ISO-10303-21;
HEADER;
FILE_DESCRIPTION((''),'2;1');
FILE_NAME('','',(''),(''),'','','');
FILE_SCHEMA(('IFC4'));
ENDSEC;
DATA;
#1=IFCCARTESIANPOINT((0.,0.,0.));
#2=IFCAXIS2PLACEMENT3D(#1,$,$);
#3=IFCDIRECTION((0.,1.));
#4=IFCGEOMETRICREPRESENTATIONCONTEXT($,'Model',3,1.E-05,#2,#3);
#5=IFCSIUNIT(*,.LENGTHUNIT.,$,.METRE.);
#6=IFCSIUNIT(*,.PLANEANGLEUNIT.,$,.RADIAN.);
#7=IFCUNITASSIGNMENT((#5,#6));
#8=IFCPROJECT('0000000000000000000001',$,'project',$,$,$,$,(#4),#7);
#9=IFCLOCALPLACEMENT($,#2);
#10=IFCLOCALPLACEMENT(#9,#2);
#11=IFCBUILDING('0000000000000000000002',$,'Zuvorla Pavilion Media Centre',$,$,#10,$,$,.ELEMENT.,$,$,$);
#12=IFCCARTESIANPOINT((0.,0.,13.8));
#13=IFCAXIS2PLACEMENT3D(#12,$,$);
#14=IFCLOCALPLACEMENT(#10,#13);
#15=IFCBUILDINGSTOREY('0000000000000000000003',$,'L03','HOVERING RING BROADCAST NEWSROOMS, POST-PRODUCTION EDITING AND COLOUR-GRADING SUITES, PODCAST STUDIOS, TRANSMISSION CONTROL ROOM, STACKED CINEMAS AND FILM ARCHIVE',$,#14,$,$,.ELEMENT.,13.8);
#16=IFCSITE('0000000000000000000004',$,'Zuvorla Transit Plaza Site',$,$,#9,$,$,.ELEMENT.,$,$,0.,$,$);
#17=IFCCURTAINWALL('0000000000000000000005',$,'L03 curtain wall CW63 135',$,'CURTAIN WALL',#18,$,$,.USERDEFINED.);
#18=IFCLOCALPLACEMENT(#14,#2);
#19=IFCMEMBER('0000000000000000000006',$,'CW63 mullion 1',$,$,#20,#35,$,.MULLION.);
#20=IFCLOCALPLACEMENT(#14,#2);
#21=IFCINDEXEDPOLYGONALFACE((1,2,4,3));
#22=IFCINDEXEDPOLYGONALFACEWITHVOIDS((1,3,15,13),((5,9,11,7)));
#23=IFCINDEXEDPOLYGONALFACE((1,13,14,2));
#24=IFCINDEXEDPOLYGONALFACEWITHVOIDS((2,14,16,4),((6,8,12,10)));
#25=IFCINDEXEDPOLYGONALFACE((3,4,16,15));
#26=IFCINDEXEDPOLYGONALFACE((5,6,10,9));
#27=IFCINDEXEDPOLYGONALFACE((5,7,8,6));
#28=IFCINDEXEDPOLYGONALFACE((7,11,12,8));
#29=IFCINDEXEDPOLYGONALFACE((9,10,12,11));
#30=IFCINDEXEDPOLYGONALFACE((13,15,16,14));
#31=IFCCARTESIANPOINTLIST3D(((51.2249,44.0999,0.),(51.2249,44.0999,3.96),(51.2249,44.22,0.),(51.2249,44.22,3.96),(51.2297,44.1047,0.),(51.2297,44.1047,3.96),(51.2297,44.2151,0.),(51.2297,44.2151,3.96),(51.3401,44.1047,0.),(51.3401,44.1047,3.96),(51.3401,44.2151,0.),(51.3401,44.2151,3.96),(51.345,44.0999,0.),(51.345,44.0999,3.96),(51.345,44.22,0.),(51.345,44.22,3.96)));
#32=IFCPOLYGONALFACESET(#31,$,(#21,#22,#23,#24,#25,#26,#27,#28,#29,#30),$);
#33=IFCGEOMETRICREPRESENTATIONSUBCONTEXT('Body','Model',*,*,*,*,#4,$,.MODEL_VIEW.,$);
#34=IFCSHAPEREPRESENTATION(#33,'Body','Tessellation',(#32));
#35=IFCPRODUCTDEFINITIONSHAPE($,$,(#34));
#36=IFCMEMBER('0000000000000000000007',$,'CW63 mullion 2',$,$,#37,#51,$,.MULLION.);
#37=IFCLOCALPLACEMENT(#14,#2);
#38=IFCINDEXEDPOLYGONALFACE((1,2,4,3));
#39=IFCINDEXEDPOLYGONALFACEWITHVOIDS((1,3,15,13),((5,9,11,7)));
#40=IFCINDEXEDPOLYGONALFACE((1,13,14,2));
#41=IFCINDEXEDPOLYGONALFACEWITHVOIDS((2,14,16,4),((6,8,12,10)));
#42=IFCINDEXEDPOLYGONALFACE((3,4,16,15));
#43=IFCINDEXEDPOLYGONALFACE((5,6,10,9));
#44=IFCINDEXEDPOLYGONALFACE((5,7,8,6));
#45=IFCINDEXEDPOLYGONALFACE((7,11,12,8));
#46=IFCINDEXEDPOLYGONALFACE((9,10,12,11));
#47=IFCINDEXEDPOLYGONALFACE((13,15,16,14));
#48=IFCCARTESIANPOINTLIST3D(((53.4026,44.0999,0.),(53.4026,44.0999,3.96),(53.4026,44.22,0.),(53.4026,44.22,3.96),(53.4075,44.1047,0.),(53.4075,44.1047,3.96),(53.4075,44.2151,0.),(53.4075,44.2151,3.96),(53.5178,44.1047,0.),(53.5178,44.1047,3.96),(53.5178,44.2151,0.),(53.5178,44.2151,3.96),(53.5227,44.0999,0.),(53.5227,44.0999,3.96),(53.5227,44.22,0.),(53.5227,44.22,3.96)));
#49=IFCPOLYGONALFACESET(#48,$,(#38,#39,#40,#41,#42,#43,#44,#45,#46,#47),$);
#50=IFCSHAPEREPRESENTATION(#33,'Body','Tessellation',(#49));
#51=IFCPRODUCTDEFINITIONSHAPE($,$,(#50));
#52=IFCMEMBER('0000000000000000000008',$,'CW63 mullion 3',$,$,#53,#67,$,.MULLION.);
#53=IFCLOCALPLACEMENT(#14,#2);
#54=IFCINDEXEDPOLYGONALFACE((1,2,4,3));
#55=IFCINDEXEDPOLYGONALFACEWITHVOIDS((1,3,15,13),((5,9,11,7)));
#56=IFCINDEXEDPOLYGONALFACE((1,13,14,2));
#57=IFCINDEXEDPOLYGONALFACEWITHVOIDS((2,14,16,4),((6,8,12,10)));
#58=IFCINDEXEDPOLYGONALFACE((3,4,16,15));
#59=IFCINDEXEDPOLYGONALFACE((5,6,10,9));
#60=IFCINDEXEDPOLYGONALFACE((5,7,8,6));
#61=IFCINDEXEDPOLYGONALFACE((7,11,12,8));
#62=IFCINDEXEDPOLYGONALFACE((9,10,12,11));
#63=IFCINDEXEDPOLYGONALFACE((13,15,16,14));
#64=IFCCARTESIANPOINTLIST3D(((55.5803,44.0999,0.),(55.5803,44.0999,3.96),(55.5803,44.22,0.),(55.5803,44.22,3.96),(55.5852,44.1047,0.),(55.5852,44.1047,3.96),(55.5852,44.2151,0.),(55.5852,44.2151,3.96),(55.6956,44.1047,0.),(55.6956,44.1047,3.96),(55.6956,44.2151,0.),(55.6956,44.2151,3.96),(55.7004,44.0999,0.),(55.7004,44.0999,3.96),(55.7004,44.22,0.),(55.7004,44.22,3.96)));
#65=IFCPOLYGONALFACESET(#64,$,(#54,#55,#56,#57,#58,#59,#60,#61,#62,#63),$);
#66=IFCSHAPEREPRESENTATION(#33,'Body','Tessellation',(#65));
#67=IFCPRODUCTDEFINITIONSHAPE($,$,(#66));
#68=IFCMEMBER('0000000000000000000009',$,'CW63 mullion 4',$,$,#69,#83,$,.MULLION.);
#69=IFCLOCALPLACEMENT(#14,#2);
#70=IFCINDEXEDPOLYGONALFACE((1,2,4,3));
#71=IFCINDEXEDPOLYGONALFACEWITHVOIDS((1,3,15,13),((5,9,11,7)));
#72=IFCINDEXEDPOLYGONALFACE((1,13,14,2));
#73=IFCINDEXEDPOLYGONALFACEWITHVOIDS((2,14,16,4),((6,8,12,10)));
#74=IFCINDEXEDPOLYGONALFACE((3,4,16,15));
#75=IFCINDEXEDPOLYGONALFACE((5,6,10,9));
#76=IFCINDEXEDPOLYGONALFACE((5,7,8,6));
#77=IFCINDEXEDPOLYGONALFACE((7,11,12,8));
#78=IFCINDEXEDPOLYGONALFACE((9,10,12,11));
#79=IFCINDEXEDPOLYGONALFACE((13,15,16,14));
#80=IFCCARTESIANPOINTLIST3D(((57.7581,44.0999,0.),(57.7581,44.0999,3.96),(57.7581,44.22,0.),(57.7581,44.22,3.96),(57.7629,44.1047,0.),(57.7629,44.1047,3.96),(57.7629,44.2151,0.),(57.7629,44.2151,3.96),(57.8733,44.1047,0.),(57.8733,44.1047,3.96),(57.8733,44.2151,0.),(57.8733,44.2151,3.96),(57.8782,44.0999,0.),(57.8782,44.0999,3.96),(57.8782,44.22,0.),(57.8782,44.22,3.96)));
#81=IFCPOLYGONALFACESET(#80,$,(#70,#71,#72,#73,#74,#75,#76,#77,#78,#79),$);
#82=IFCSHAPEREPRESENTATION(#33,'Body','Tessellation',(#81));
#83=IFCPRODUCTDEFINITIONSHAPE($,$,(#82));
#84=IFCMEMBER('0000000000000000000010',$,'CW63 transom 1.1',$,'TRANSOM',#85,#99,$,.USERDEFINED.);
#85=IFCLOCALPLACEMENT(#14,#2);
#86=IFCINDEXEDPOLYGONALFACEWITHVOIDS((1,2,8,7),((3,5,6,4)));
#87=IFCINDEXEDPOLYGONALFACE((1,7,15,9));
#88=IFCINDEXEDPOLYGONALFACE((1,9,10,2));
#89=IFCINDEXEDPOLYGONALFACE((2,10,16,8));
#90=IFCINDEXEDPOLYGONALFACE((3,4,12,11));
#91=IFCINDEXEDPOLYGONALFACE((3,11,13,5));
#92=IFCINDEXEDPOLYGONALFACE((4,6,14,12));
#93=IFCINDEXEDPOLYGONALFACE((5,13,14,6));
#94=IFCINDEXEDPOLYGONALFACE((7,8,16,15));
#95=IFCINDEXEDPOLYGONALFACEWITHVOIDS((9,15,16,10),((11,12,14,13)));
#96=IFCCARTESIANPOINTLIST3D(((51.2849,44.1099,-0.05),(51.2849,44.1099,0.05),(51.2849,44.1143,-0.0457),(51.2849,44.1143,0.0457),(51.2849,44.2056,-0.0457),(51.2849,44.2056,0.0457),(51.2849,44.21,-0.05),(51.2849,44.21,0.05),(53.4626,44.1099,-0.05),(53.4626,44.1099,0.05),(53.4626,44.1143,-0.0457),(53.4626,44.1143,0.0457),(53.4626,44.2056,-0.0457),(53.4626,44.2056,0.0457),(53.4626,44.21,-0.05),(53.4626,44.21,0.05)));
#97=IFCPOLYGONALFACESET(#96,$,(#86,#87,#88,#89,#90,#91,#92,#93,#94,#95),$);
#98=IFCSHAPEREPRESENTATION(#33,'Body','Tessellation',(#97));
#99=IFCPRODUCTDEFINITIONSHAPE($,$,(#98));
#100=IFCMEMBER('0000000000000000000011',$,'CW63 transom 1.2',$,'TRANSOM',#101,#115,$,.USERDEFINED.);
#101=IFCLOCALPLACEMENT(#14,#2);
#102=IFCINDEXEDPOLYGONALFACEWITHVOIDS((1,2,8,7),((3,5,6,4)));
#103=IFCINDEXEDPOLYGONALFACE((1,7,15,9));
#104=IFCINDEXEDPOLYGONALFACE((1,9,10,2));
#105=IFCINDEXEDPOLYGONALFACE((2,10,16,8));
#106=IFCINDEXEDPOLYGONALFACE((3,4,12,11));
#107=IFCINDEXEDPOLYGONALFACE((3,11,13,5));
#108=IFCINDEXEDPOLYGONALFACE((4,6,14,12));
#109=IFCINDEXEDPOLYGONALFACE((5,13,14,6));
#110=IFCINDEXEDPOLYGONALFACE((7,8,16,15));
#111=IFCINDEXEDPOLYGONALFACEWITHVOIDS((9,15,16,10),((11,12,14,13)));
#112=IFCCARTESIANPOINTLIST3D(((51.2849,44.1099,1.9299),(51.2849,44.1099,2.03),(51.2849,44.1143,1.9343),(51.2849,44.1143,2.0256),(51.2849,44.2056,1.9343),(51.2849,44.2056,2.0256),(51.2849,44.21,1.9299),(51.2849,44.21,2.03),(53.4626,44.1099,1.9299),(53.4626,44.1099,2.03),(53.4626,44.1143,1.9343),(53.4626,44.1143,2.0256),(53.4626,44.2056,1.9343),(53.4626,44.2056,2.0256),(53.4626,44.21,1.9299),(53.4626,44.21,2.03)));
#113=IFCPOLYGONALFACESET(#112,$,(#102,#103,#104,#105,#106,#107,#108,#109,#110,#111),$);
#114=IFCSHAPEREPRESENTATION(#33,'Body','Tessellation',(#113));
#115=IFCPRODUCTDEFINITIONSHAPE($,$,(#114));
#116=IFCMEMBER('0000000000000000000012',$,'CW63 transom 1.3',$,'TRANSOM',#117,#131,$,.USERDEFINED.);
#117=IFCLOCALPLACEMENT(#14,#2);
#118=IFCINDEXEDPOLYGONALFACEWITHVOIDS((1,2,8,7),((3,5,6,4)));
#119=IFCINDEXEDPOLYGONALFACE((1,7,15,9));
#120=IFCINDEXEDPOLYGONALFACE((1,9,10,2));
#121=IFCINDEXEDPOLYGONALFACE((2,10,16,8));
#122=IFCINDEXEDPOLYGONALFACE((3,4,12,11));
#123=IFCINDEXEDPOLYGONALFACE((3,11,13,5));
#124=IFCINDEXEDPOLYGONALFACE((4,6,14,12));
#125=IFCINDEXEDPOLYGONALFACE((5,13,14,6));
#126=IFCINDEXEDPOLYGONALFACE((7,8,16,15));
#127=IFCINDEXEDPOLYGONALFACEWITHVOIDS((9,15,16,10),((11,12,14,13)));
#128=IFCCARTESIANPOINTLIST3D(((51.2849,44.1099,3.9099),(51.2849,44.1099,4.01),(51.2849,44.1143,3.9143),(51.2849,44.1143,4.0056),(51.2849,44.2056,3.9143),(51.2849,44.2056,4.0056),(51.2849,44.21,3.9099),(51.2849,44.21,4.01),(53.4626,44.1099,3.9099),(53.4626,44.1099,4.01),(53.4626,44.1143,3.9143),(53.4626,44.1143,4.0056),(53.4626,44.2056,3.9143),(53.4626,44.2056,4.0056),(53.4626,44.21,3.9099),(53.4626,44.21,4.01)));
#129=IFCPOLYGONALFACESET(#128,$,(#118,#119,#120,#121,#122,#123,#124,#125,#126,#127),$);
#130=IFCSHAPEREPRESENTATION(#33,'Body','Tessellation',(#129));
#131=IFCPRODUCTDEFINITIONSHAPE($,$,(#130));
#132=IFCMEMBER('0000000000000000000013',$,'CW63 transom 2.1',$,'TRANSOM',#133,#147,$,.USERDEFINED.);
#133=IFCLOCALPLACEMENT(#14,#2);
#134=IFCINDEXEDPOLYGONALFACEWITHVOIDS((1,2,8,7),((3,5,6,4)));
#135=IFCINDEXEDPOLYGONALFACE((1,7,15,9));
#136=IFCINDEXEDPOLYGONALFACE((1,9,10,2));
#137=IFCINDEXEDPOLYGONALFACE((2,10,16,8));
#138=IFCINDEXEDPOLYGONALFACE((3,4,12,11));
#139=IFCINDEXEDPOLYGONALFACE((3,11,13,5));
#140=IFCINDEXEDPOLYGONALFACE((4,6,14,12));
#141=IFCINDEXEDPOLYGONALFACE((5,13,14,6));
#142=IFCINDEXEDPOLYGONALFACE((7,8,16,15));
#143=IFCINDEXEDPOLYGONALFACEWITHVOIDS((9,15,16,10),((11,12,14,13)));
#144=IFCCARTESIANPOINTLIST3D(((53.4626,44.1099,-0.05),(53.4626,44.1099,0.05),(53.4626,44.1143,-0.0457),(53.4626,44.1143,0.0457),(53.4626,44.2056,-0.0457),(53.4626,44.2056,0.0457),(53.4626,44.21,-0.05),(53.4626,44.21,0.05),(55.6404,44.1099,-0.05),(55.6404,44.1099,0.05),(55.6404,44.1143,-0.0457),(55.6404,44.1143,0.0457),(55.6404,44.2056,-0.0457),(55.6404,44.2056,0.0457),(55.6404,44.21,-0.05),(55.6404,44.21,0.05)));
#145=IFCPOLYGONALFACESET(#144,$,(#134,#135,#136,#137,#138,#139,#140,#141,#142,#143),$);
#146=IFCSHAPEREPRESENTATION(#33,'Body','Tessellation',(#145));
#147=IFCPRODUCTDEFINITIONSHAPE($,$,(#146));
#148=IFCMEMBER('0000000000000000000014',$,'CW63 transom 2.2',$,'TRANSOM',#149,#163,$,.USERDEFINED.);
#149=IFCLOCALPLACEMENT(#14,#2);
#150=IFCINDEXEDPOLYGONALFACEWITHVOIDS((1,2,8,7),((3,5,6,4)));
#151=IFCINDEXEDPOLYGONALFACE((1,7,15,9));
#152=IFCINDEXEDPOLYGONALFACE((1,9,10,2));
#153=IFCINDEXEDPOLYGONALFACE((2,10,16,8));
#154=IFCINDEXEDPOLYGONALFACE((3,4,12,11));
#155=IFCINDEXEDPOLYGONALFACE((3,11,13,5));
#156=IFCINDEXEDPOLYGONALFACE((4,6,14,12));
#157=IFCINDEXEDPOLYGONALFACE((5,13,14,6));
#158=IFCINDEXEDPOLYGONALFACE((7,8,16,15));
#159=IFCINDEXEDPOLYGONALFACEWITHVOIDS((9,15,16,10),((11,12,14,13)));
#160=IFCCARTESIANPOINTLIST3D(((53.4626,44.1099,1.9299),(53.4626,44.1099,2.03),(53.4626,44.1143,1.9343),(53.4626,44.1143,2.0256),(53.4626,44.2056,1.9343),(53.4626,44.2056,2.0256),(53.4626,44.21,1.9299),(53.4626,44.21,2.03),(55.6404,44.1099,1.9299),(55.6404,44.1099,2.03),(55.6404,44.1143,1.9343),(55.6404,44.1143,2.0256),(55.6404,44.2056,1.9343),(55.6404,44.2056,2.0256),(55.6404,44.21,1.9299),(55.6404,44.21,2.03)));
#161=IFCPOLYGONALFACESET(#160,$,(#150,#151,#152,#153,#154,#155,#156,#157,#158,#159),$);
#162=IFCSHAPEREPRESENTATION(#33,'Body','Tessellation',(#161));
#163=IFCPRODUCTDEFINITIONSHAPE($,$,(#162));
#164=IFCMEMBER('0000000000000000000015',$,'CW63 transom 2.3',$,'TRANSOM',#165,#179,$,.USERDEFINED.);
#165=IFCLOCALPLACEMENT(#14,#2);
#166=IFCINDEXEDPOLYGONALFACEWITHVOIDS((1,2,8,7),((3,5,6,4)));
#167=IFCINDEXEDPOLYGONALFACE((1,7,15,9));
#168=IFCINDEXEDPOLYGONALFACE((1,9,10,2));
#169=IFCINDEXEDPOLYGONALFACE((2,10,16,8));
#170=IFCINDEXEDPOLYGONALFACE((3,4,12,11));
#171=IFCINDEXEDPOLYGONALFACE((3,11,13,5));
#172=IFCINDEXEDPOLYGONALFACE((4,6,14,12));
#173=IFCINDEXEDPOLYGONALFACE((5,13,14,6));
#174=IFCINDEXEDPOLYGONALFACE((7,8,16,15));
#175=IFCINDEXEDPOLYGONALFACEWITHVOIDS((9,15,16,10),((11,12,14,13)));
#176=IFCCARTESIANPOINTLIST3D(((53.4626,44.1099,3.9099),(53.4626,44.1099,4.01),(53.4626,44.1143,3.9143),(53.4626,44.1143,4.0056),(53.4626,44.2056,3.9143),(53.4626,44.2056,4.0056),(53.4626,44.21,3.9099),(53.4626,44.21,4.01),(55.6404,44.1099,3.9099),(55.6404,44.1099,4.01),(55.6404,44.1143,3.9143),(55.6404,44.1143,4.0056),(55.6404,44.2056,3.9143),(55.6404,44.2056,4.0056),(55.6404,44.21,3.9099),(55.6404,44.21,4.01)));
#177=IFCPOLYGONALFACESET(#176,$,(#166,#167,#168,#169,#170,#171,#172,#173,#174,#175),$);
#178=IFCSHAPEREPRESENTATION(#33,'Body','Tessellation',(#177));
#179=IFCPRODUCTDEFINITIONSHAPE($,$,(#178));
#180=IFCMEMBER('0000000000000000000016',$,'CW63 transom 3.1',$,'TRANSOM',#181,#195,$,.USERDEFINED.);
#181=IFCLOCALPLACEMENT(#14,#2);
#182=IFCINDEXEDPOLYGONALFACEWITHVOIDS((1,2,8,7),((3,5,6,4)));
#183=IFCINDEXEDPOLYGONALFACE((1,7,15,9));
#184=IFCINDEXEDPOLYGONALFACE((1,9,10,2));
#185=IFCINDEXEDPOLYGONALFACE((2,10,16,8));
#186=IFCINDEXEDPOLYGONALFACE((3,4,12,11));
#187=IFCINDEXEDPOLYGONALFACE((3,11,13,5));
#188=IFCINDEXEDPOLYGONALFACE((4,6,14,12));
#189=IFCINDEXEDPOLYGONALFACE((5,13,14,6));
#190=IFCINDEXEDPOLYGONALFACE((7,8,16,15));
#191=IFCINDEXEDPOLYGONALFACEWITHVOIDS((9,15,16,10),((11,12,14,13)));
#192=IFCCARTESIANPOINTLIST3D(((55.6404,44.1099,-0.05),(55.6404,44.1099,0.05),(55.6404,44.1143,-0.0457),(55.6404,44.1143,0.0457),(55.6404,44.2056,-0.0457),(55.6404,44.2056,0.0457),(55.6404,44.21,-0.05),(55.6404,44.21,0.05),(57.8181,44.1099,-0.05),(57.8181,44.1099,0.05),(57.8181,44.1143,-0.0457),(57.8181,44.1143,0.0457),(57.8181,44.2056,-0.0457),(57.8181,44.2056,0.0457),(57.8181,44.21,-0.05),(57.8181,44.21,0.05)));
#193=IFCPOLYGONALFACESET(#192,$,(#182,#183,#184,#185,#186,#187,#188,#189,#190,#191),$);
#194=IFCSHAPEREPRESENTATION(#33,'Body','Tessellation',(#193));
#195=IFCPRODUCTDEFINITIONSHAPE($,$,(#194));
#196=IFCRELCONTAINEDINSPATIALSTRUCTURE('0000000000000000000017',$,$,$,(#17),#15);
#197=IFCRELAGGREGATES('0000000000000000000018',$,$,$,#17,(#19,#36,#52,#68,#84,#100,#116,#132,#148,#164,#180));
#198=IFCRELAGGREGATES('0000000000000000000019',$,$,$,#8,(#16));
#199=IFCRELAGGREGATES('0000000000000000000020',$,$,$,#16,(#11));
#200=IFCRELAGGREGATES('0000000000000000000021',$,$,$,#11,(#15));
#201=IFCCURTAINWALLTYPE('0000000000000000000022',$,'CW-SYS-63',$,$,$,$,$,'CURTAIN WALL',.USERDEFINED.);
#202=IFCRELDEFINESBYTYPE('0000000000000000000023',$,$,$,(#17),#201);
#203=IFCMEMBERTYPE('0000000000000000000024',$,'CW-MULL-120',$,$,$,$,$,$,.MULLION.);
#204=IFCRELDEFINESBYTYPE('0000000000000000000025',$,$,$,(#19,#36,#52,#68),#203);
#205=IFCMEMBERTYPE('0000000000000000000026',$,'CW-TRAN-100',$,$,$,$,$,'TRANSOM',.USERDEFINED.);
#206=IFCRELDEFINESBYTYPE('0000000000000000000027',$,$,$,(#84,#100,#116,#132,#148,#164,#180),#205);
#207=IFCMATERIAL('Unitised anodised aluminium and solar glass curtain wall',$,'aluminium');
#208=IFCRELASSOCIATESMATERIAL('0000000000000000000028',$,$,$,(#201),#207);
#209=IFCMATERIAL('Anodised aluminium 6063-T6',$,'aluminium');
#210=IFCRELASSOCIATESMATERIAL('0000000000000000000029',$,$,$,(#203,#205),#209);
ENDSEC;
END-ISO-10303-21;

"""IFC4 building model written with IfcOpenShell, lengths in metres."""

from ifc_helpers import new_model, si_unit, direction, frame, origin, origin_2d, place, context, subcontext, project, spatial, hollow_rectangle, extrude, material, material_profile, profile_set, type_object, element, aggregate, save


model = new_model("IFC4")

# Units and contexts
model_context = context("Model", 3, precision=1e-05, world=origin(), true_north=direction((0.0, 1.0)))
body_context = subcontext(model_context, "Body", "Model", "MODEL_VIEW")
ifc_project = project(units=[si_unit("LENGTHUNIT", "METRE"), si_unit("PLANEANGLEUNIT", "RADIAN")], contexts=[model_context])

# Site, building, storey
site_placement = place(None, origin())
site = spatial("IfcSite", under=ifc_project, at=site_placement, Name="Zuvorla Transit Plaza Site", CompositionType="ELEMENT", RefElevation=0.0)
building_placement = place(site_placement, origin())
building = spatial("IfcBuilding", under=site, at=building_placement, Name="Zuvorla Pavilion Media Centre", CompositionType="ELEMENT")
storey_placement = place(building_placement, frame((0.0, 0.0, 13.8)))
storey = spatial("IfcBuildingStorey", under=building, at=storey_placement, Name="L03", Description="HOVERING RING BROADCAST NEWSROOMS, POST-PRODUCTION EDITING AND COLOUR-GRADING SUITES, PODCAST STUDIOS, TRANSMISSION CONTROL ROOM, STACKED CINEMAS AND FILM ARCHIVE", CompositionType="ELEMENT", Elevation=13.8)

# Curtain wall, members
ifc_material_1 = material(Name="Unitised anodised aluminium and solar glass curtain wall", Category="aluminium")
curtain_wall_type = type_object("IfcCurtainWallType", Name="CW-SYS-63", ElementType="CURTAIN WALL", PredefinedType="USERDEFINED", material=ifc_material_1)
curtain_wall_placement = place(storey_placement, origin())
curtain_wall = element("IfcCurtainWall", 1, at=curtain_wall_placement, inside=storey, type_object=curtain_wall_type, Name="L03 curtain wall CW63 135", ObjectType="CURTAIN WALL", PredefinedType="USERDEFINED")
ifc_material_2 = material(Name="Anodised aluminium 6063-T6", Category="aluminium")
ifc_material_profile_1 = material_profile(ifc_material_2, hollow_rectangle(XDim=0.1201, YDim=0.1201, WallThickness=0.0049, at=origin_2d()), Name="ALU MULL 120x120")
ifc_profile_set_1 = profile_set([ifc_material_profile_1], Name="Anodised aluminium 6063-T6")
member_type_1 = type_object("IfcMemberType", Name="CW-MULL-120", PredefinedType="MULLION", material=ifc_profile_set_1)
member_1_placement = place(storey_placement, frame((51.2849, 44.1599, 0.0), z_axis=(0.0, 0.0, 1.0), x_axis=(1.0, 0.0, 0.0)))
member_1 = element("IfcMember", 2, at=member_1_placement, type_object=member_type_1, Name="CW63 mullion 1", PredefinedType="MULLION", context=body_context, shape_type="SweptSolid", body=[
    extrude(hollow_rectangle(XDim=0.1201, YDim=0.1201, WallThickness=0.0049, at=origin_2d()), origin(), (0.0, 0.0, 1.0), 3.96),
])
member_2_placement = place(storey_placement, frame((53.4626, 44.1599, 0.0), z_axis=(0.0, 0.0, 1.0), x_axis=(1.0, 0.0, 0.0)))
member_2 = element("IfcMember", 3, at=member_2_placement, type_object=member_type_1, Name="CW63 mullion 2", PredefinedType="MULLION", context=body_context, shape_type="SweptSolid", body=[
    extrude(hollow_rectangle(XDim=0.1201, YDim=0.1201, WallThickness=0.0049, at=origin_2d()), origin(), (0.0, 0.0, 1.0), 3.96),
])
member_3_placement = place(storey_placement, frame((55.6404, 44.1599, 0.0), z_axis=(0.0, 0.0, 1.0), x_axis=(1.0, 0.0, 0.0)))
member_3 = element("IfcMember", 4, at=member_3_placement, type_object=member_type_1, Name="CW63 mullion 3", PredefinedType="MULLION", context=body_context, shape_type="SweptSolid", body=[
    extrude(hollow_rectangle(XDim=0.1201, YDim=0.1201, WallThickness=0.0049, at=origin_2d()), origin(), (0.0, 0.0, 1.0), 3.96),
])
member_4_placement = place(storey_placement, frame((57.8181, 44.1599, 0.0), z_axis=(0.0, 0.0, 1.0), x_axis=(1.0, 0.0, 0.0)))
member_4 = element("IfcMember", 5, at=member_4_placement, type_object=member_type_1, Name="CW63 mullion 4", PredefinedType="MULLION", context=body_context, shape_type="SweptSolid", body=[
    extrude(hollow_rectangle(XDim=0.1201, YDim=0.1201, WallThickness=0.0049, at=origin_2d()), origin(), (0.0, 0.0, 1.0), 3.96),
])
ifc_material_profile_2 = material_profile(ifc_material_2, hollow_rectangle(XDim=0.1001, YDim=0.1001, WallThickness=0.0044, at=origin_2d()), Name="ALU TRAN 100x100")
ifc_profile_set_2 = profile_set([ifc_material_profile_2], Name="Anodised aluminium 6063-T6")
member_type_2 = type_object("IfcMemberType", Name="CW-TRAN-100", ElementType="TRANSOM", PredefinedType="USERDEFINED", material=ifc_profile_set_2)
member_5_placement = place(storey_placement, frame((51.2849, 44.1599, 0.0), z_axis=(1.0, 0.0, 0.0), x_axis=(0.0, 1.0, 0.0)))
member_5 = element("IfcMember", 6, at=member_5_placement, type_object=member_type_2, Name="CW63 transom 1.1", ObjectType="TRANSOM", PredefinedType="USERDEFINED", context=body_context, shape_type="SweptSolid", body=[
    extrude(hollow_rectangle(XDim=0.1001, YDim=0.1001, WallThickness=0.0044, at=origin_2d()), origin(), (0.0, 0.0, 1.0), 2.1777),
])
member_6_placement = place(storey_placement, frame((51.2849, 44.1599, 1.98), z_axis=(1.0, 0.0, 0.0), x_axis=(0.0, 1.0, 0.0)))
member_6 = element("IfcMember", 7, at=member_6_placement, type_object=member_type_2, Name="CW63 transom 1.2", ObjectType="TRANSOM", PredefinedType="USERDEFINED", context=body_context, shape_type="SweptSolid", body=[
    extrude(hollow_rectangle(XDim=0.1001, YDim=0.1001, WallThickness=0.0044, at=origin_2d()), origin(), (0.0, 0.0, 1.0), 2.1777),
])
member_7_placement = place(storey_placement, frame((51.2849, 44.1599, 3.96), z_axis=(1.0, 0.0, 0.0), x_axis=(0.0, 1.0, 0.0)))
member_7 = element("IfcMember", 8, at=member_7_placement, type_object=member_type_2, Name="CW63 transom 1.3", ObjectType="TRANSOM", PredefinedType="USERDEFINED", context=body_context, shape_type="SweptSolid", body=[
    extrude(hollow_rectangle(XDim=0.1001, YDim=0.1001, WallThickness=0.0044, at=origin_2d()), origin(), (0.0, 0.0, 1.0), 2.1777),
])
member_8_placement = place(storey_placement, frame((53.4626, 44.1599, 0.0), z_axis=(1.0, 0.0, 0.0), x_axis=(0.0, 1.0, 0.0)))
member_8 = element("IfcMember", 9, at=member_8_placement, type_object=member_type_2, Name="CW63 transom 2.1", ObjectType="TRANSOM", PredefinedType="USERDEFINED", context=body_context, shape_type="SweptSolid", body=[
    extrude(hollow_rectangle(XDim=0.1001, YDim=0.1001, WallThickness=0.0044, at=origin_2d()), origin(), (0.0, 0.0, 1.0), 2.1777),
])
member_9_placement = place(storey_placement, frame((53.4626, 44.1599, 1.98), z_axis=(1.0, 0.0, 0.0), x_axis=(0.0, 1.0, 0.0)))
member_9 = element("IfcMember", 10, at=member_9_placement, type_object=member_type_2, Name="CW63 transom 2.2", ObjectType="TRANSOM", PredefinedType="USERDEFINED", context=body_context, shape_type="SweptSolid", body=[
    extrude(hollow_rectangle(XDim=0.1001, YDim=0.1001, WallThickness=0.0044, at=origin_2d()), origin(), (0.0, 0.0, 1.0), 2.1777),
])
member_10_placement = place(storey_placement, frame((53.4626, 44.1599, 3.96), z_axis=(1.0, 0.0, 0.0), x_axis=(0.0, 1.0, 0.0)))
member_10 = element("IfcMember", 11, at=member_10_placement, type_object=member_type_2, Name="CW63 transom 2.3", ObjectType="TRANSOM", PredefinedType="USERDEFINED", context=body_context, shape_type="SweptSolid", body=[
    extrude(hollow_rectangle(XDim=0.1001, YDim=0.1001, WallThickness=0.0044, at=origin_2d()), origin(), (0.0, 0.0, 1.0), 2.1777),
])
member_11_placement = place(storey_placement, frame((55.6404, 44.1599, 0.0), z_axis=(1.0, 0.0, 0.0), x_axis=(0.0, 1.0, 0.0)))
member_11 = element("IfcMember", 12, at=member_11_placement, type_object=member_type_2, Name="CW63 transom 3.1", ObjectType="TRANSOM", PredefinedType="USERDEFINED", context=body_context, shape_type="SweptSolid", body=[
    extrude(hollow_rectangle(XDim=0.1001, YDim=0.1001, WallThickness=0.0044, at=origin_2d()), origin(), (0.0, 0.0, 1.0), 2.1777),
])
aggregate(curtain_wall, [member_1, member_2, member_3, member_4, member_5, member_6, member_7, member_8, member_9, member_10, member_11])

save(model, "model.ifc")
